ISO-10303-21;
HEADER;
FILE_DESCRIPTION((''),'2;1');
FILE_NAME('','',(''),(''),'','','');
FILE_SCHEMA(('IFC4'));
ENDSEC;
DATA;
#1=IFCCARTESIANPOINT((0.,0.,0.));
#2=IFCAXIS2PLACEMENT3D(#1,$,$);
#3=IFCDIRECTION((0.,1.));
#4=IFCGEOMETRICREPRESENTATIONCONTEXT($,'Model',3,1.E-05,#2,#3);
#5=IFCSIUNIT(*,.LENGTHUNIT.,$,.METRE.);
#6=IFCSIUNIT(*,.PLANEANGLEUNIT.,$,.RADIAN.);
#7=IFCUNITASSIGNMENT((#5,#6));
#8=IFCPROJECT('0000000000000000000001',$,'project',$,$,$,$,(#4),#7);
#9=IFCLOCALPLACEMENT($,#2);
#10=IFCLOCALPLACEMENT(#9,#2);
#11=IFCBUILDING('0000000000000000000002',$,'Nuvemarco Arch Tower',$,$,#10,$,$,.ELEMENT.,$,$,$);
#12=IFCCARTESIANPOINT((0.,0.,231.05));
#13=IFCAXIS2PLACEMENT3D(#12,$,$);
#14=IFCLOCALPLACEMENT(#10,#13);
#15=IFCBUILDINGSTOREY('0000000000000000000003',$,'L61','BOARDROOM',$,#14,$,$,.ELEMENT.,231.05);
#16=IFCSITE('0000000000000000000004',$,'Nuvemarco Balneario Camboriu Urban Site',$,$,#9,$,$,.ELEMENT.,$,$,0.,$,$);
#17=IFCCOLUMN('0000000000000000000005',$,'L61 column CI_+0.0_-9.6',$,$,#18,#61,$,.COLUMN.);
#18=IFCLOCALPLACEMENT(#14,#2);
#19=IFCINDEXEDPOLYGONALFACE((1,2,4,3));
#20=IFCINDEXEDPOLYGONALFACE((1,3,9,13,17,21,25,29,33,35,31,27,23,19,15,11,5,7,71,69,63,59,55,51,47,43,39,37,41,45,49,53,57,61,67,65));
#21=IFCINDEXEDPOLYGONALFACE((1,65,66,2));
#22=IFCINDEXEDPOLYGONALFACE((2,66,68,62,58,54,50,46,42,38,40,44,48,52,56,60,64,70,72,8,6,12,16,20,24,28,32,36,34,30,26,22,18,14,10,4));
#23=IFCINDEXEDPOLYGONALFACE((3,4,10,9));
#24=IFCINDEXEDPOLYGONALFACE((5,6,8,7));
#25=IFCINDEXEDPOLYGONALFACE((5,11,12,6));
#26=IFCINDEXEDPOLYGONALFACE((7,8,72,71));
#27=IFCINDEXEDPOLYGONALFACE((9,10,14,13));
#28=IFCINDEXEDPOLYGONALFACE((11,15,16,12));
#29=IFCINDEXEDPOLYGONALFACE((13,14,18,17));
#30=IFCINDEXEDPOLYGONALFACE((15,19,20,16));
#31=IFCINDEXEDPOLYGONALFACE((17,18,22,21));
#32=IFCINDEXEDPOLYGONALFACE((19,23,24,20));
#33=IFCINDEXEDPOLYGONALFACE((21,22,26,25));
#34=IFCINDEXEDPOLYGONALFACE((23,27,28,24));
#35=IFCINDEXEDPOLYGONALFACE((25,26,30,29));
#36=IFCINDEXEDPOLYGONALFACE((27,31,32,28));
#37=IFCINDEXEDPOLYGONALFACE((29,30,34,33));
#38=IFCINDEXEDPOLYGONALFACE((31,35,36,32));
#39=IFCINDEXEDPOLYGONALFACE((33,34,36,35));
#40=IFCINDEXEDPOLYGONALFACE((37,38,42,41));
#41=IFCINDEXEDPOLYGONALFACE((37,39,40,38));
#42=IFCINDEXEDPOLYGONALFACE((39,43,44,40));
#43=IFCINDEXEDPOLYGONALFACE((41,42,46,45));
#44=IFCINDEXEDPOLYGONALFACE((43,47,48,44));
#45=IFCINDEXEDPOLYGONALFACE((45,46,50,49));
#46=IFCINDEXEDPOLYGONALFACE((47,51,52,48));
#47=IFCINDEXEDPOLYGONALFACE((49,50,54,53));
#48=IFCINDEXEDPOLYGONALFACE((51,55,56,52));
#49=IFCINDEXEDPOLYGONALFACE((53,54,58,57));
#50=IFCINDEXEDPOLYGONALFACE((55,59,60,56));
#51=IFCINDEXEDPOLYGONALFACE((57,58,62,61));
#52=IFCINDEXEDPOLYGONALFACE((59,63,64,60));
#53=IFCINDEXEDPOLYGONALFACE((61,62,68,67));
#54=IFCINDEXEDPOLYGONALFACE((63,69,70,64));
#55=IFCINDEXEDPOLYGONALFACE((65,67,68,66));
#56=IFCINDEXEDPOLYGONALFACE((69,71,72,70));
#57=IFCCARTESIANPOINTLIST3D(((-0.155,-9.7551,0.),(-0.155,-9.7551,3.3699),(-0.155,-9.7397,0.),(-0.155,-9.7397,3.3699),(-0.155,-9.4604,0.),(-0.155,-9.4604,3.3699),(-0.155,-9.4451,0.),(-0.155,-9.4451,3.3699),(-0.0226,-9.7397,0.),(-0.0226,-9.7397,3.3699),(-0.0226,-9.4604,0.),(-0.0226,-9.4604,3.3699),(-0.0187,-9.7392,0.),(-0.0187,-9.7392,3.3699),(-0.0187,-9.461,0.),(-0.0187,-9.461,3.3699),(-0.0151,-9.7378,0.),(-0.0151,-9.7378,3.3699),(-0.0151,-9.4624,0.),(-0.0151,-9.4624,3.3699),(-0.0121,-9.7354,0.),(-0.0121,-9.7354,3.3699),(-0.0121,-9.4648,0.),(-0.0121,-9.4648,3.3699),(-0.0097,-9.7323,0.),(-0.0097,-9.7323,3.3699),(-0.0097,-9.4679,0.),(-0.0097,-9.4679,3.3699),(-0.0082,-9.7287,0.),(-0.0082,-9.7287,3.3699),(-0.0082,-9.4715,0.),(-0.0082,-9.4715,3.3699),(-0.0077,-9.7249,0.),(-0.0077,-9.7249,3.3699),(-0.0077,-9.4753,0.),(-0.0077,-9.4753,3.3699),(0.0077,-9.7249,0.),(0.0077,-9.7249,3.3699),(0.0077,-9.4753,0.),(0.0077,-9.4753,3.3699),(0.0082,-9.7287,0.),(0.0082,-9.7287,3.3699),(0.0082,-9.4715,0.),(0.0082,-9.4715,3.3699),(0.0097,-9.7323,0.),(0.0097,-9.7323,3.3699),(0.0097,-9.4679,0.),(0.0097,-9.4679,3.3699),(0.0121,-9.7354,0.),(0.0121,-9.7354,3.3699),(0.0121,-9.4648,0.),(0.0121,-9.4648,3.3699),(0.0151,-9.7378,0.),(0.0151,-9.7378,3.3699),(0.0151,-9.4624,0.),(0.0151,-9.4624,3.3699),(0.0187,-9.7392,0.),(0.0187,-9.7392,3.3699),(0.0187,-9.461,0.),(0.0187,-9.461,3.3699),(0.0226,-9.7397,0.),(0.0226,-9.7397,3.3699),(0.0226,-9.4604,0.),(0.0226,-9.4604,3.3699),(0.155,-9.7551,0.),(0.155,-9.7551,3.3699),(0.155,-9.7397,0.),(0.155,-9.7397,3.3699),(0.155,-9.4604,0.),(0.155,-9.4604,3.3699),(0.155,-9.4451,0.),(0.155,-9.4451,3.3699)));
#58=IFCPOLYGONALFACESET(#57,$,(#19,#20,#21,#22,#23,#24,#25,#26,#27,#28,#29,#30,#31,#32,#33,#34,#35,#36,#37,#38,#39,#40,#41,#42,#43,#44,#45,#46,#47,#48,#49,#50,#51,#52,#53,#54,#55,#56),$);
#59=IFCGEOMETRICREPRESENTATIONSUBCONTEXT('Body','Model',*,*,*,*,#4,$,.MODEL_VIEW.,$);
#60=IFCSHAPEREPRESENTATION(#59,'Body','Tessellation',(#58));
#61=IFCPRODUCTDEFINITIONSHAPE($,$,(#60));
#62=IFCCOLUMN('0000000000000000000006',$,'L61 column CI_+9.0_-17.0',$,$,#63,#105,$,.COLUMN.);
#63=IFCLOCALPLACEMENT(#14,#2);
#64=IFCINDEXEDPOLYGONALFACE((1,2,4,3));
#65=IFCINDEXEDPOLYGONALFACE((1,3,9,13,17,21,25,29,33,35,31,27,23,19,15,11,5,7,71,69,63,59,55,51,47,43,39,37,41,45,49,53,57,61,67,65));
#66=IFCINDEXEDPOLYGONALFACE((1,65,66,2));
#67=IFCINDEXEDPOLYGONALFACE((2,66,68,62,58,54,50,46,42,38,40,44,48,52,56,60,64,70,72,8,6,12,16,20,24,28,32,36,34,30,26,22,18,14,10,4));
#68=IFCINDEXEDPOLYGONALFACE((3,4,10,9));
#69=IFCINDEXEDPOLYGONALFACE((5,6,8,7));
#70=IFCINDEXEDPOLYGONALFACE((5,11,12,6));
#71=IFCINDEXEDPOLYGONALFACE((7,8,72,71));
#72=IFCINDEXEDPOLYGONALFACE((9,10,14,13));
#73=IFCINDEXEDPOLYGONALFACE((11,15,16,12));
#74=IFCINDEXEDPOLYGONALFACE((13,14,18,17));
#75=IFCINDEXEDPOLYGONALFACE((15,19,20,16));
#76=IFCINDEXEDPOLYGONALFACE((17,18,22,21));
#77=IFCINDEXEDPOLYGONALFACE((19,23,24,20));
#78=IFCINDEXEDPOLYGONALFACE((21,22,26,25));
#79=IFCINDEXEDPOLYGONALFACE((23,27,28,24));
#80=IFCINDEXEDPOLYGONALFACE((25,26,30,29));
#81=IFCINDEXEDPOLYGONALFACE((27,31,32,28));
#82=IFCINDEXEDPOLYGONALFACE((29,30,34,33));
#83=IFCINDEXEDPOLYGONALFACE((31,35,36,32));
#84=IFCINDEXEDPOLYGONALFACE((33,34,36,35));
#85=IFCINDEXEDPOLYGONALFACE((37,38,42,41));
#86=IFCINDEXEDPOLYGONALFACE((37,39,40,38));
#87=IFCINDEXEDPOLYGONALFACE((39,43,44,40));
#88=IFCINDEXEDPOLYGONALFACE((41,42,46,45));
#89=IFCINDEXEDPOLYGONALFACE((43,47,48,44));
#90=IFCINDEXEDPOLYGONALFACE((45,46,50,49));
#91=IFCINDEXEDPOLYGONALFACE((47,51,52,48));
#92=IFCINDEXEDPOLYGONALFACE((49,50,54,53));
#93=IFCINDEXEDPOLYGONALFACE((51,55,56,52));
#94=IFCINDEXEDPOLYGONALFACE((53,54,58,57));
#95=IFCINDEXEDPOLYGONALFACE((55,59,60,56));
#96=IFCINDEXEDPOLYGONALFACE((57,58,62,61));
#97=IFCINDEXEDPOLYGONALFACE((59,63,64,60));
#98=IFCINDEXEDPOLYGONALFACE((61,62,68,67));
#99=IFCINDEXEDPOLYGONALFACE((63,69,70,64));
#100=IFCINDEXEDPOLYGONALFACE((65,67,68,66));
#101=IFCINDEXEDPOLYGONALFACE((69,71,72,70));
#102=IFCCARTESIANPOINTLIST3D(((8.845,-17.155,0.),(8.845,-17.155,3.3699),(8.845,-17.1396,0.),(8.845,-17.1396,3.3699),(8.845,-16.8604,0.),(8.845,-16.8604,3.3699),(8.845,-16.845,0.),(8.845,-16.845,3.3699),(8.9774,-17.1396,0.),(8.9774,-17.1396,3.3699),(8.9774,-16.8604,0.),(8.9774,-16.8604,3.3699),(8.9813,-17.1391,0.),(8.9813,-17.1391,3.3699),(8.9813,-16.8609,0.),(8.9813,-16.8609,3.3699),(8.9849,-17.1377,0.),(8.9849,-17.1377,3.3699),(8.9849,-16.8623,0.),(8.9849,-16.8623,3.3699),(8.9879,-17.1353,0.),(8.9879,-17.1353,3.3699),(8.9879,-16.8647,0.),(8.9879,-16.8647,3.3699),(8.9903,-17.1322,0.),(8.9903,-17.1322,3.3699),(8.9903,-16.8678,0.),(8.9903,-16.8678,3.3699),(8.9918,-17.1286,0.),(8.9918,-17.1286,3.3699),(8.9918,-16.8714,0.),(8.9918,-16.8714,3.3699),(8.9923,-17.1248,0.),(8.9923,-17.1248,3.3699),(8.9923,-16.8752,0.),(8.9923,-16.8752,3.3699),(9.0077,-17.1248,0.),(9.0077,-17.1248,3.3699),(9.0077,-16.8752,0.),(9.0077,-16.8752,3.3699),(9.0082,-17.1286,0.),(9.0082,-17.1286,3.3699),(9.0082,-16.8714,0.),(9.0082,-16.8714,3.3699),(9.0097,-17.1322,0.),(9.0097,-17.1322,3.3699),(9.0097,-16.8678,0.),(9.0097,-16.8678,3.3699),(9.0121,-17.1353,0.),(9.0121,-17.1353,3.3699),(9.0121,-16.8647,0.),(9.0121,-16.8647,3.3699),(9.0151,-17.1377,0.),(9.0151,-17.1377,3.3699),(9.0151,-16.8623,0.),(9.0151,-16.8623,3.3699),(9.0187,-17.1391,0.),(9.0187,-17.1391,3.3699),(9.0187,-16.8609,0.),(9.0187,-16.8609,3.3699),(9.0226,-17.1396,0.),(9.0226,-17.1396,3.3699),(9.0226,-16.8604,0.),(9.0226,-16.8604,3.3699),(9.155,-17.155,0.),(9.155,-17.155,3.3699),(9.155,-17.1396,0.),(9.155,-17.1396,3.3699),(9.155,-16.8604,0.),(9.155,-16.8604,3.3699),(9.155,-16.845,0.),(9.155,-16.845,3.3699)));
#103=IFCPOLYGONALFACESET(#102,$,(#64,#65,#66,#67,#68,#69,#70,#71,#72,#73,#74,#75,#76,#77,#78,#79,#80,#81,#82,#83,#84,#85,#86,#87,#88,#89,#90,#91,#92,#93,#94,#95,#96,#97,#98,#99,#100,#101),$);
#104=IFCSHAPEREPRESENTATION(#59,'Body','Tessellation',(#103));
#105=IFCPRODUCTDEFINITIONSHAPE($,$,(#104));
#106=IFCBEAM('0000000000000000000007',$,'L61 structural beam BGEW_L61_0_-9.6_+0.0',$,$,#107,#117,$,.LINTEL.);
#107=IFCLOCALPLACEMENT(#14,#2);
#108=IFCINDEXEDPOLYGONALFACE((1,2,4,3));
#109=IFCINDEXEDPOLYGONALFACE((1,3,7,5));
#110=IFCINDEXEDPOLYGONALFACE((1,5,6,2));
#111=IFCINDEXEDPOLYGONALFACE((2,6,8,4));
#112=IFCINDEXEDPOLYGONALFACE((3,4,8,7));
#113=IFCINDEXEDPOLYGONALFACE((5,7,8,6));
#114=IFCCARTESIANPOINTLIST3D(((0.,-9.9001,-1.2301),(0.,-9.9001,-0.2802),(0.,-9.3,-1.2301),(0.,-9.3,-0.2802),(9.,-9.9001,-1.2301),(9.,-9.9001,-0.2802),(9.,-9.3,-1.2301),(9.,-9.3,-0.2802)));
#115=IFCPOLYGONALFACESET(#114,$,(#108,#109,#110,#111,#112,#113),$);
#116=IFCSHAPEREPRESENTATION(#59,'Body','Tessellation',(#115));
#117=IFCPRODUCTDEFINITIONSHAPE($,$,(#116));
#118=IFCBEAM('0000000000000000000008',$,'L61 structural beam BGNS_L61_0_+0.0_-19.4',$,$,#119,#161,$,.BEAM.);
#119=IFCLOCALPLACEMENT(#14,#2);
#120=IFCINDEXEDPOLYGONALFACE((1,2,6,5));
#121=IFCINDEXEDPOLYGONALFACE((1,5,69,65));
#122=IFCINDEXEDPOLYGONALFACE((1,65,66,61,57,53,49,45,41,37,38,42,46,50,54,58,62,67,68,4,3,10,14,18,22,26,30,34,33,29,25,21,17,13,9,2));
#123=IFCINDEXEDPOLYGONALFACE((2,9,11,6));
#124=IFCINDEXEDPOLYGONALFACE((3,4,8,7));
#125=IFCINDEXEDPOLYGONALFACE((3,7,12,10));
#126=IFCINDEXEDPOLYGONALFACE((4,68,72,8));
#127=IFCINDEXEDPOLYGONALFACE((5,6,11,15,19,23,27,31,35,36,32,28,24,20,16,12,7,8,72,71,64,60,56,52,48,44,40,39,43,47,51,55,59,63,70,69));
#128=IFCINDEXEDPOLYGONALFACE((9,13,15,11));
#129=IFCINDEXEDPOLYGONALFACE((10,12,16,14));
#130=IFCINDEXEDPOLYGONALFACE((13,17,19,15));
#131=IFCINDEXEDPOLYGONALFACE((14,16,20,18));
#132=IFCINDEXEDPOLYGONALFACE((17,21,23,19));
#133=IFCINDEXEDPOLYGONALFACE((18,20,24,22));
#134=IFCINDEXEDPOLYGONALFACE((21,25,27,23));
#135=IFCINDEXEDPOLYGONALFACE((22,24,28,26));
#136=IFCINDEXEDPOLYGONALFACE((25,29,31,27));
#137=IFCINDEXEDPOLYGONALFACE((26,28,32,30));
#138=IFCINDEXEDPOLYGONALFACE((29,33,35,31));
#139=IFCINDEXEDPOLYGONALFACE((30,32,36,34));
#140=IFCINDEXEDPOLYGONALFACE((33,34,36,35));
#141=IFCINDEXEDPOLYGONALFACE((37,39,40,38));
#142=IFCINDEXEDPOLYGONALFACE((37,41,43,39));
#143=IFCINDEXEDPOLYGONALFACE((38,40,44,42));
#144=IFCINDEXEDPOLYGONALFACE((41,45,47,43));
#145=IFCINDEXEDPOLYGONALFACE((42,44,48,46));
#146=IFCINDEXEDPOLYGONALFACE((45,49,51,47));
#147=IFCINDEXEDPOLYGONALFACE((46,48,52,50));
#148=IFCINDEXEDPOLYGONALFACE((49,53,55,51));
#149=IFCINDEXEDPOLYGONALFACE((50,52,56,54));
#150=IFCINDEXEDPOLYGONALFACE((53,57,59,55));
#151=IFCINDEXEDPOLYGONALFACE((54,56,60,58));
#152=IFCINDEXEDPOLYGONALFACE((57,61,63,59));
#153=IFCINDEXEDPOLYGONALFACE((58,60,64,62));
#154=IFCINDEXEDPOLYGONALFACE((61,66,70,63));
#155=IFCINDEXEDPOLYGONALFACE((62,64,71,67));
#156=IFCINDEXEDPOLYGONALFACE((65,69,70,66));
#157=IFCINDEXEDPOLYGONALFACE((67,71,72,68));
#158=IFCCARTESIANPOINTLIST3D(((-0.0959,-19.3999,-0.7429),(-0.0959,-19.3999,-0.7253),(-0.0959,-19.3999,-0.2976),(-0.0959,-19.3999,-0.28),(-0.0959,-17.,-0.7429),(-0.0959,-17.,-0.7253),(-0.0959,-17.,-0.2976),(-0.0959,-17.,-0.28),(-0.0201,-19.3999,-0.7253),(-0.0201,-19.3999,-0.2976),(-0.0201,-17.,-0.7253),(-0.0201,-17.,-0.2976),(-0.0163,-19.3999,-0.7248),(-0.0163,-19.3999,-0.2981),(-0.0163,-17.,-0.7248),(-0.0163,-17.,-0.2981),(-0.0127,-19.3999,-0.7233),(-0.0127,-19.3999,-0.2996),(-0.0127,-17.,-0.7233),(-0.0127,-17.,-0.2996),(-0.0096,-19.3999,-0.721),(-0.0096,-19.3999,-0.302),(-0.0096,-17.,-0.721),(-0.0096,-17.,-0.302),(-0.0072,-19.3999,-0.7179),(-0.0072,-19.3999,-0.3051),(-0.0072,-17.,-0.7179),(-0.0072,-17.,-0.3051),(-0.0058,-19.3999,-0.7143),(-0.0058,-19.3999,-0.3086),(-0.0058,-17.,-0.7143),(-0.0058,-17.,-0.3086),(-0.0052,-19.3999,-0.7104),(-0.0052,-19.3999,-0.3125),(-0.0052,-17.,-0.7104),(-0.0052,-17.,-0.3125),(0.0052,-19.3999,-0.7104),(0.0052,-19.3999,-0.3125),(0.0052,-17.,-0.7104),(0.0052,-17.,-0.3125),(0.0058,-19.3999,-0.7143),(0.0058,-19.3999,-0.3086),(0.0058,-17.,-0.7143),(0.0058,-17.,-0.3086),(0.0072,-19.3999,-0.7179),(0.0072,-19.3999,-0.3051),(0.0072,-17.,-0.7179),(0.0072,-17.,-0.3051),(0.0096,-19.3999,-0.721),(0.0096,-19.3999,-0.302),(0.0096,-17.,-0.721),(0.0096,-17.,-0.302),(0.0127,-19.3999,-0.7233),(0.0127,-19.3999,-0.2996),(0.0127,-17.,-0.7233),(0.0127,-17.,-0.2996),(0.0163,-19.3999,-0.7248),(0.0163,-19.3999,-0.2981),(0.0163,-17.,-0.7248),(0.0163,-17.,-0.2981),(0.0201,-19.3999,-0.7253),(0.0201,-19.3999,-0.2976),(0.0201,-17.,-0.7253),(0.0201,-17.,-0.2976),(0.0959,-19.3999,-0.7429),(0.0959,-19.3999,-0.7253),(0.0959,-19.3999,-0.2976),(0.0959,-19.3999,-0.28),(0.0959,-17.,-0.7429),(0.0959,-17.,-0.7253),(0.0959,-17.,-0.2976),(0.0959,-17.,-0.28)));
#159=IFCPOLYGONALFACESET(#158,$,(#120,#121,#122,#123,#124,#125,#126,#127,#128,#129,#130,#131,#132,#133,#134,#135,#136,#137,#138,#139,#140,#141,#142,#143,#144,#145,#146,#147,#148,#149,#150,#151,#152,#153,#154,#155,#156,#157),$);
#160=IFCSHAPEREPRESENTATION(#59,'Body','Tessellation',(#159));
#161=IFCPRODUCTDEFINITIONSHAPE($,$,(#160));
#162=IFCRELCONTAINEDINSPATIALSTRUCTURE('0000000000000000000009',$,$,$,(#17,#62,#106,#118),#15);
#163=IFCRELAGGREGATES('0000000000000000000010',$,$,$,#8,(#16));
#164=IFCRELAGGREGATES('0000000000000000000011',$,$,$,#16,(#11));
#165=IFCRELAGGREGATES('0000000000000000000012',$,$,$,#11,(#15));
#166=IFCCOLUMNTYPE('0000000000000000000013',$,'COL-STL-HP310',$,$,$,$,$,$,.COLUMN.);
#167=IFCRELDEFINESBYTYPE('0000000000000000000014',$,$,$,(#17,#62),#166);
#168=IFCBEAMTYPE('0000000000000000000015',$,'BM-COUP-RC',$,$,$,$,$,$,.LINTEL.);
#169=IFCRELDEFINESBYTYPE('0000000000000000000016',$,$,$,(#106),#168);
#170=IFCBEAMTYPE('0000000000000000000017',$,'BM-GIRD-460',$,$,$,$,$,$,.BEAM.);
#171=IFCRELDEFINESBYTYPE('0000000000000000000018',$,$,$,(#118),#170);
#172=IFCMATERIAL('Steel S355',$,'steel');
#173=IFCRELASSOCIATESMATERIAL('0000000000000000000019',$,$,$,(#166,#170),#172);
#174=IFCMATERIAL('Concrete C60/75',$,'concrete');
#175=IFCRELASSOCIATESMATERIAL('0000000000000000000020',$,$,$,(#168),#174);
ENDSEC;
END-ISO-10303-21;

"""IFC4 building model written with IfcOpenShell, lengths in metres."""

from ifc_helpers import new_model, si_unit, direction, frame, origin, origin_2d, place, context, subcontext, project, spatial, rectangle, i_section, extrude, material, material_profile, profile_set, type_object, element, save


model = new_model("IFC4")

# Units and contexts
model_context = context("Model", 3, precision=1e-05, world=origin(), true_north=direction((0.0, 1.0)))
body_context = subcontext(model_context, "Body", "Model", "MODEL_VIEW")
ifc_project = project(units=[si_unit("LENGTHUNIT", "METRE"), si_unit("PLANEANGLEUNIT", "RADIAN")], contexts=[model_context])

# Site, building, storey
site_placement = place(None, origin())
site = spatial("IfcSite", under=ifc_project, at=site_placement, Name="Nuvemarco Balneario Camboriu Urban Site", CompositionType="ELEMENT", RefElevation=0.0)
building_placement = place(site_placement, origin())
building = spatial("IfcBuilding", under=site, at=building_placement, Name="Nuvemarco Arch Tower", CompositionType="ELEMENT")
storey_placement = place(building_placement, frame((0.0, 0.0, 231.05)))
storey = spatial("IfcBuildingStorey", under=building, at=storey_placement, Name="L61", Description="BOARDROOM", CompositionType="ELEMENT", Elevation=231.05)

# Columns
ifc_material_1 = material(Name="Steel S355", Category="steel")
ifc_material_profile_1 = material_profile(ifc_material_1, i_section(OverallWidth=0.3101, OverallDepth=0.3101, WebThickness=0.0154, FlangeThickness=0.0154, FilletRadius=0.0149, at=origin_2d()), Name="HP310x110")
ifc_profile_set_1 = profile_set([ifc_material_profile_1], Name="Steel S355")
column_type_1 = type_object("IfcColumnType", Name="COL-STL-HP310", PredefinedType="COLUMN", material=ifc_profile_set_1)
for number, where, z_axis, x_axis, name in (
    (1, (0.0, -9.6001, 0.0), (0.0, 0.0, 1.0), (1.0, 0.0, 0.0), "L61 column CI_+0.0_-9.6"),
    (2, (9.0, -17.0, 0.0), (0.0, 0.0, 1.0), (1.0, 0.0, 0.0), "L61 column CI_+9.0_-17.0"),
):
    element("IfcColumn", number, at=place(storey_placement, frame(where, z_axis=z_axis, x_axis=x_axis)), inside=storey, type_object=column_type_1, Name=name, PredefinedType="COLUMN", context=body_context, shape_type="SweptSolid", body=[
        extrude(i_section(OverallWidth=0.3101, OverallDepth=0.3101, WebThickness=0.0154, FlangeThickness=0.0154, FilletRadius=0.0149, at=origin_2d()), origin(), (0.0, 0.0, 1.0), 3.3699),
    ])

# Beams
ifc_material_2 = material(Name="Concrete C60/75", Category="concrete")
ifc_material_profile_2 = material_profile(ifc_material_2, rectangle(XDim=0.6001, YDim=0.95, at=origin_2d()), Name="RC-BM-600x950")
ifc_profile_set_2 = profile_set([ifc_material_profile_2], Name="Concrete C60/75")
beam_type_1 = type_object("IfcBeamType", Name="BM-COUP-RC", PredefinedType="LINTEL", material=ifc_profile_set_2)
beam_1_placement = place(storey_placement, frame((0.0, -9.6001, -0.7551), z_axis=(1.0, 0.0, 0.0), x_axis=(0.0, 1.0, 0.0)))
element("IfcBeam", 3, at=beam_1_placement, inside=storey, type_object=beam_type_1, Name="L61 structural beam BGEW_L61_0_-9.6_+0.0", PredefinedType="LINTEL", context=body_context, shape_type="SweptSolid", body=[
    extrude(rectangle(XDim=0.6001, YDim=0.95, at=origin_2d()), origin(), (0.0, 0.0, 1.0), 9.0),
])
ifc_material_profile_3 = material_profile(ifc_material_1, i_section(OverallWidth=0.1919, OverallDepth=0.4629, WebThickness=0.0105, FlangeThickness=0.0176, FilletRadius=0.0149, at=origin_2d()), Name="W460x89")
ifc_profile_set_3 = profile_set([ifc_material_profile_3], Name="Steel S355")
beam_type_2 = type_object("IfcBeamType", Name="BM-GIRD-460", PredefinedType="BEAM", material=ifc_profile_set_3)
beam_2_placement = place(storey_placement, frame((0.0, -19.3999, -0.5115), z_axis=(0.0, 1.0, 0.0), x_axis=(-1.0, 0.0, 0.0)))
element("IfcBeam", 4, at=beam_2_placement, inside=storey, type_object=beam_type_2, Name="L61 structural beam BGNS_L61_0_+0.0_-19.4", PredefinedType="BEAM", context=body_context, shape_type="SweptSolid", body=[
    extrude(i_section(OverallWidth=0.1919, OverallDepth=0.4629, WebThickness=0.0105, FlangeThickness=0.0176, FilletRadius=0.0149, at=origin_2d()), origin(), (0.0, 0.0, 1.0), 2.3999),
])

save(model, "model.ifc")
